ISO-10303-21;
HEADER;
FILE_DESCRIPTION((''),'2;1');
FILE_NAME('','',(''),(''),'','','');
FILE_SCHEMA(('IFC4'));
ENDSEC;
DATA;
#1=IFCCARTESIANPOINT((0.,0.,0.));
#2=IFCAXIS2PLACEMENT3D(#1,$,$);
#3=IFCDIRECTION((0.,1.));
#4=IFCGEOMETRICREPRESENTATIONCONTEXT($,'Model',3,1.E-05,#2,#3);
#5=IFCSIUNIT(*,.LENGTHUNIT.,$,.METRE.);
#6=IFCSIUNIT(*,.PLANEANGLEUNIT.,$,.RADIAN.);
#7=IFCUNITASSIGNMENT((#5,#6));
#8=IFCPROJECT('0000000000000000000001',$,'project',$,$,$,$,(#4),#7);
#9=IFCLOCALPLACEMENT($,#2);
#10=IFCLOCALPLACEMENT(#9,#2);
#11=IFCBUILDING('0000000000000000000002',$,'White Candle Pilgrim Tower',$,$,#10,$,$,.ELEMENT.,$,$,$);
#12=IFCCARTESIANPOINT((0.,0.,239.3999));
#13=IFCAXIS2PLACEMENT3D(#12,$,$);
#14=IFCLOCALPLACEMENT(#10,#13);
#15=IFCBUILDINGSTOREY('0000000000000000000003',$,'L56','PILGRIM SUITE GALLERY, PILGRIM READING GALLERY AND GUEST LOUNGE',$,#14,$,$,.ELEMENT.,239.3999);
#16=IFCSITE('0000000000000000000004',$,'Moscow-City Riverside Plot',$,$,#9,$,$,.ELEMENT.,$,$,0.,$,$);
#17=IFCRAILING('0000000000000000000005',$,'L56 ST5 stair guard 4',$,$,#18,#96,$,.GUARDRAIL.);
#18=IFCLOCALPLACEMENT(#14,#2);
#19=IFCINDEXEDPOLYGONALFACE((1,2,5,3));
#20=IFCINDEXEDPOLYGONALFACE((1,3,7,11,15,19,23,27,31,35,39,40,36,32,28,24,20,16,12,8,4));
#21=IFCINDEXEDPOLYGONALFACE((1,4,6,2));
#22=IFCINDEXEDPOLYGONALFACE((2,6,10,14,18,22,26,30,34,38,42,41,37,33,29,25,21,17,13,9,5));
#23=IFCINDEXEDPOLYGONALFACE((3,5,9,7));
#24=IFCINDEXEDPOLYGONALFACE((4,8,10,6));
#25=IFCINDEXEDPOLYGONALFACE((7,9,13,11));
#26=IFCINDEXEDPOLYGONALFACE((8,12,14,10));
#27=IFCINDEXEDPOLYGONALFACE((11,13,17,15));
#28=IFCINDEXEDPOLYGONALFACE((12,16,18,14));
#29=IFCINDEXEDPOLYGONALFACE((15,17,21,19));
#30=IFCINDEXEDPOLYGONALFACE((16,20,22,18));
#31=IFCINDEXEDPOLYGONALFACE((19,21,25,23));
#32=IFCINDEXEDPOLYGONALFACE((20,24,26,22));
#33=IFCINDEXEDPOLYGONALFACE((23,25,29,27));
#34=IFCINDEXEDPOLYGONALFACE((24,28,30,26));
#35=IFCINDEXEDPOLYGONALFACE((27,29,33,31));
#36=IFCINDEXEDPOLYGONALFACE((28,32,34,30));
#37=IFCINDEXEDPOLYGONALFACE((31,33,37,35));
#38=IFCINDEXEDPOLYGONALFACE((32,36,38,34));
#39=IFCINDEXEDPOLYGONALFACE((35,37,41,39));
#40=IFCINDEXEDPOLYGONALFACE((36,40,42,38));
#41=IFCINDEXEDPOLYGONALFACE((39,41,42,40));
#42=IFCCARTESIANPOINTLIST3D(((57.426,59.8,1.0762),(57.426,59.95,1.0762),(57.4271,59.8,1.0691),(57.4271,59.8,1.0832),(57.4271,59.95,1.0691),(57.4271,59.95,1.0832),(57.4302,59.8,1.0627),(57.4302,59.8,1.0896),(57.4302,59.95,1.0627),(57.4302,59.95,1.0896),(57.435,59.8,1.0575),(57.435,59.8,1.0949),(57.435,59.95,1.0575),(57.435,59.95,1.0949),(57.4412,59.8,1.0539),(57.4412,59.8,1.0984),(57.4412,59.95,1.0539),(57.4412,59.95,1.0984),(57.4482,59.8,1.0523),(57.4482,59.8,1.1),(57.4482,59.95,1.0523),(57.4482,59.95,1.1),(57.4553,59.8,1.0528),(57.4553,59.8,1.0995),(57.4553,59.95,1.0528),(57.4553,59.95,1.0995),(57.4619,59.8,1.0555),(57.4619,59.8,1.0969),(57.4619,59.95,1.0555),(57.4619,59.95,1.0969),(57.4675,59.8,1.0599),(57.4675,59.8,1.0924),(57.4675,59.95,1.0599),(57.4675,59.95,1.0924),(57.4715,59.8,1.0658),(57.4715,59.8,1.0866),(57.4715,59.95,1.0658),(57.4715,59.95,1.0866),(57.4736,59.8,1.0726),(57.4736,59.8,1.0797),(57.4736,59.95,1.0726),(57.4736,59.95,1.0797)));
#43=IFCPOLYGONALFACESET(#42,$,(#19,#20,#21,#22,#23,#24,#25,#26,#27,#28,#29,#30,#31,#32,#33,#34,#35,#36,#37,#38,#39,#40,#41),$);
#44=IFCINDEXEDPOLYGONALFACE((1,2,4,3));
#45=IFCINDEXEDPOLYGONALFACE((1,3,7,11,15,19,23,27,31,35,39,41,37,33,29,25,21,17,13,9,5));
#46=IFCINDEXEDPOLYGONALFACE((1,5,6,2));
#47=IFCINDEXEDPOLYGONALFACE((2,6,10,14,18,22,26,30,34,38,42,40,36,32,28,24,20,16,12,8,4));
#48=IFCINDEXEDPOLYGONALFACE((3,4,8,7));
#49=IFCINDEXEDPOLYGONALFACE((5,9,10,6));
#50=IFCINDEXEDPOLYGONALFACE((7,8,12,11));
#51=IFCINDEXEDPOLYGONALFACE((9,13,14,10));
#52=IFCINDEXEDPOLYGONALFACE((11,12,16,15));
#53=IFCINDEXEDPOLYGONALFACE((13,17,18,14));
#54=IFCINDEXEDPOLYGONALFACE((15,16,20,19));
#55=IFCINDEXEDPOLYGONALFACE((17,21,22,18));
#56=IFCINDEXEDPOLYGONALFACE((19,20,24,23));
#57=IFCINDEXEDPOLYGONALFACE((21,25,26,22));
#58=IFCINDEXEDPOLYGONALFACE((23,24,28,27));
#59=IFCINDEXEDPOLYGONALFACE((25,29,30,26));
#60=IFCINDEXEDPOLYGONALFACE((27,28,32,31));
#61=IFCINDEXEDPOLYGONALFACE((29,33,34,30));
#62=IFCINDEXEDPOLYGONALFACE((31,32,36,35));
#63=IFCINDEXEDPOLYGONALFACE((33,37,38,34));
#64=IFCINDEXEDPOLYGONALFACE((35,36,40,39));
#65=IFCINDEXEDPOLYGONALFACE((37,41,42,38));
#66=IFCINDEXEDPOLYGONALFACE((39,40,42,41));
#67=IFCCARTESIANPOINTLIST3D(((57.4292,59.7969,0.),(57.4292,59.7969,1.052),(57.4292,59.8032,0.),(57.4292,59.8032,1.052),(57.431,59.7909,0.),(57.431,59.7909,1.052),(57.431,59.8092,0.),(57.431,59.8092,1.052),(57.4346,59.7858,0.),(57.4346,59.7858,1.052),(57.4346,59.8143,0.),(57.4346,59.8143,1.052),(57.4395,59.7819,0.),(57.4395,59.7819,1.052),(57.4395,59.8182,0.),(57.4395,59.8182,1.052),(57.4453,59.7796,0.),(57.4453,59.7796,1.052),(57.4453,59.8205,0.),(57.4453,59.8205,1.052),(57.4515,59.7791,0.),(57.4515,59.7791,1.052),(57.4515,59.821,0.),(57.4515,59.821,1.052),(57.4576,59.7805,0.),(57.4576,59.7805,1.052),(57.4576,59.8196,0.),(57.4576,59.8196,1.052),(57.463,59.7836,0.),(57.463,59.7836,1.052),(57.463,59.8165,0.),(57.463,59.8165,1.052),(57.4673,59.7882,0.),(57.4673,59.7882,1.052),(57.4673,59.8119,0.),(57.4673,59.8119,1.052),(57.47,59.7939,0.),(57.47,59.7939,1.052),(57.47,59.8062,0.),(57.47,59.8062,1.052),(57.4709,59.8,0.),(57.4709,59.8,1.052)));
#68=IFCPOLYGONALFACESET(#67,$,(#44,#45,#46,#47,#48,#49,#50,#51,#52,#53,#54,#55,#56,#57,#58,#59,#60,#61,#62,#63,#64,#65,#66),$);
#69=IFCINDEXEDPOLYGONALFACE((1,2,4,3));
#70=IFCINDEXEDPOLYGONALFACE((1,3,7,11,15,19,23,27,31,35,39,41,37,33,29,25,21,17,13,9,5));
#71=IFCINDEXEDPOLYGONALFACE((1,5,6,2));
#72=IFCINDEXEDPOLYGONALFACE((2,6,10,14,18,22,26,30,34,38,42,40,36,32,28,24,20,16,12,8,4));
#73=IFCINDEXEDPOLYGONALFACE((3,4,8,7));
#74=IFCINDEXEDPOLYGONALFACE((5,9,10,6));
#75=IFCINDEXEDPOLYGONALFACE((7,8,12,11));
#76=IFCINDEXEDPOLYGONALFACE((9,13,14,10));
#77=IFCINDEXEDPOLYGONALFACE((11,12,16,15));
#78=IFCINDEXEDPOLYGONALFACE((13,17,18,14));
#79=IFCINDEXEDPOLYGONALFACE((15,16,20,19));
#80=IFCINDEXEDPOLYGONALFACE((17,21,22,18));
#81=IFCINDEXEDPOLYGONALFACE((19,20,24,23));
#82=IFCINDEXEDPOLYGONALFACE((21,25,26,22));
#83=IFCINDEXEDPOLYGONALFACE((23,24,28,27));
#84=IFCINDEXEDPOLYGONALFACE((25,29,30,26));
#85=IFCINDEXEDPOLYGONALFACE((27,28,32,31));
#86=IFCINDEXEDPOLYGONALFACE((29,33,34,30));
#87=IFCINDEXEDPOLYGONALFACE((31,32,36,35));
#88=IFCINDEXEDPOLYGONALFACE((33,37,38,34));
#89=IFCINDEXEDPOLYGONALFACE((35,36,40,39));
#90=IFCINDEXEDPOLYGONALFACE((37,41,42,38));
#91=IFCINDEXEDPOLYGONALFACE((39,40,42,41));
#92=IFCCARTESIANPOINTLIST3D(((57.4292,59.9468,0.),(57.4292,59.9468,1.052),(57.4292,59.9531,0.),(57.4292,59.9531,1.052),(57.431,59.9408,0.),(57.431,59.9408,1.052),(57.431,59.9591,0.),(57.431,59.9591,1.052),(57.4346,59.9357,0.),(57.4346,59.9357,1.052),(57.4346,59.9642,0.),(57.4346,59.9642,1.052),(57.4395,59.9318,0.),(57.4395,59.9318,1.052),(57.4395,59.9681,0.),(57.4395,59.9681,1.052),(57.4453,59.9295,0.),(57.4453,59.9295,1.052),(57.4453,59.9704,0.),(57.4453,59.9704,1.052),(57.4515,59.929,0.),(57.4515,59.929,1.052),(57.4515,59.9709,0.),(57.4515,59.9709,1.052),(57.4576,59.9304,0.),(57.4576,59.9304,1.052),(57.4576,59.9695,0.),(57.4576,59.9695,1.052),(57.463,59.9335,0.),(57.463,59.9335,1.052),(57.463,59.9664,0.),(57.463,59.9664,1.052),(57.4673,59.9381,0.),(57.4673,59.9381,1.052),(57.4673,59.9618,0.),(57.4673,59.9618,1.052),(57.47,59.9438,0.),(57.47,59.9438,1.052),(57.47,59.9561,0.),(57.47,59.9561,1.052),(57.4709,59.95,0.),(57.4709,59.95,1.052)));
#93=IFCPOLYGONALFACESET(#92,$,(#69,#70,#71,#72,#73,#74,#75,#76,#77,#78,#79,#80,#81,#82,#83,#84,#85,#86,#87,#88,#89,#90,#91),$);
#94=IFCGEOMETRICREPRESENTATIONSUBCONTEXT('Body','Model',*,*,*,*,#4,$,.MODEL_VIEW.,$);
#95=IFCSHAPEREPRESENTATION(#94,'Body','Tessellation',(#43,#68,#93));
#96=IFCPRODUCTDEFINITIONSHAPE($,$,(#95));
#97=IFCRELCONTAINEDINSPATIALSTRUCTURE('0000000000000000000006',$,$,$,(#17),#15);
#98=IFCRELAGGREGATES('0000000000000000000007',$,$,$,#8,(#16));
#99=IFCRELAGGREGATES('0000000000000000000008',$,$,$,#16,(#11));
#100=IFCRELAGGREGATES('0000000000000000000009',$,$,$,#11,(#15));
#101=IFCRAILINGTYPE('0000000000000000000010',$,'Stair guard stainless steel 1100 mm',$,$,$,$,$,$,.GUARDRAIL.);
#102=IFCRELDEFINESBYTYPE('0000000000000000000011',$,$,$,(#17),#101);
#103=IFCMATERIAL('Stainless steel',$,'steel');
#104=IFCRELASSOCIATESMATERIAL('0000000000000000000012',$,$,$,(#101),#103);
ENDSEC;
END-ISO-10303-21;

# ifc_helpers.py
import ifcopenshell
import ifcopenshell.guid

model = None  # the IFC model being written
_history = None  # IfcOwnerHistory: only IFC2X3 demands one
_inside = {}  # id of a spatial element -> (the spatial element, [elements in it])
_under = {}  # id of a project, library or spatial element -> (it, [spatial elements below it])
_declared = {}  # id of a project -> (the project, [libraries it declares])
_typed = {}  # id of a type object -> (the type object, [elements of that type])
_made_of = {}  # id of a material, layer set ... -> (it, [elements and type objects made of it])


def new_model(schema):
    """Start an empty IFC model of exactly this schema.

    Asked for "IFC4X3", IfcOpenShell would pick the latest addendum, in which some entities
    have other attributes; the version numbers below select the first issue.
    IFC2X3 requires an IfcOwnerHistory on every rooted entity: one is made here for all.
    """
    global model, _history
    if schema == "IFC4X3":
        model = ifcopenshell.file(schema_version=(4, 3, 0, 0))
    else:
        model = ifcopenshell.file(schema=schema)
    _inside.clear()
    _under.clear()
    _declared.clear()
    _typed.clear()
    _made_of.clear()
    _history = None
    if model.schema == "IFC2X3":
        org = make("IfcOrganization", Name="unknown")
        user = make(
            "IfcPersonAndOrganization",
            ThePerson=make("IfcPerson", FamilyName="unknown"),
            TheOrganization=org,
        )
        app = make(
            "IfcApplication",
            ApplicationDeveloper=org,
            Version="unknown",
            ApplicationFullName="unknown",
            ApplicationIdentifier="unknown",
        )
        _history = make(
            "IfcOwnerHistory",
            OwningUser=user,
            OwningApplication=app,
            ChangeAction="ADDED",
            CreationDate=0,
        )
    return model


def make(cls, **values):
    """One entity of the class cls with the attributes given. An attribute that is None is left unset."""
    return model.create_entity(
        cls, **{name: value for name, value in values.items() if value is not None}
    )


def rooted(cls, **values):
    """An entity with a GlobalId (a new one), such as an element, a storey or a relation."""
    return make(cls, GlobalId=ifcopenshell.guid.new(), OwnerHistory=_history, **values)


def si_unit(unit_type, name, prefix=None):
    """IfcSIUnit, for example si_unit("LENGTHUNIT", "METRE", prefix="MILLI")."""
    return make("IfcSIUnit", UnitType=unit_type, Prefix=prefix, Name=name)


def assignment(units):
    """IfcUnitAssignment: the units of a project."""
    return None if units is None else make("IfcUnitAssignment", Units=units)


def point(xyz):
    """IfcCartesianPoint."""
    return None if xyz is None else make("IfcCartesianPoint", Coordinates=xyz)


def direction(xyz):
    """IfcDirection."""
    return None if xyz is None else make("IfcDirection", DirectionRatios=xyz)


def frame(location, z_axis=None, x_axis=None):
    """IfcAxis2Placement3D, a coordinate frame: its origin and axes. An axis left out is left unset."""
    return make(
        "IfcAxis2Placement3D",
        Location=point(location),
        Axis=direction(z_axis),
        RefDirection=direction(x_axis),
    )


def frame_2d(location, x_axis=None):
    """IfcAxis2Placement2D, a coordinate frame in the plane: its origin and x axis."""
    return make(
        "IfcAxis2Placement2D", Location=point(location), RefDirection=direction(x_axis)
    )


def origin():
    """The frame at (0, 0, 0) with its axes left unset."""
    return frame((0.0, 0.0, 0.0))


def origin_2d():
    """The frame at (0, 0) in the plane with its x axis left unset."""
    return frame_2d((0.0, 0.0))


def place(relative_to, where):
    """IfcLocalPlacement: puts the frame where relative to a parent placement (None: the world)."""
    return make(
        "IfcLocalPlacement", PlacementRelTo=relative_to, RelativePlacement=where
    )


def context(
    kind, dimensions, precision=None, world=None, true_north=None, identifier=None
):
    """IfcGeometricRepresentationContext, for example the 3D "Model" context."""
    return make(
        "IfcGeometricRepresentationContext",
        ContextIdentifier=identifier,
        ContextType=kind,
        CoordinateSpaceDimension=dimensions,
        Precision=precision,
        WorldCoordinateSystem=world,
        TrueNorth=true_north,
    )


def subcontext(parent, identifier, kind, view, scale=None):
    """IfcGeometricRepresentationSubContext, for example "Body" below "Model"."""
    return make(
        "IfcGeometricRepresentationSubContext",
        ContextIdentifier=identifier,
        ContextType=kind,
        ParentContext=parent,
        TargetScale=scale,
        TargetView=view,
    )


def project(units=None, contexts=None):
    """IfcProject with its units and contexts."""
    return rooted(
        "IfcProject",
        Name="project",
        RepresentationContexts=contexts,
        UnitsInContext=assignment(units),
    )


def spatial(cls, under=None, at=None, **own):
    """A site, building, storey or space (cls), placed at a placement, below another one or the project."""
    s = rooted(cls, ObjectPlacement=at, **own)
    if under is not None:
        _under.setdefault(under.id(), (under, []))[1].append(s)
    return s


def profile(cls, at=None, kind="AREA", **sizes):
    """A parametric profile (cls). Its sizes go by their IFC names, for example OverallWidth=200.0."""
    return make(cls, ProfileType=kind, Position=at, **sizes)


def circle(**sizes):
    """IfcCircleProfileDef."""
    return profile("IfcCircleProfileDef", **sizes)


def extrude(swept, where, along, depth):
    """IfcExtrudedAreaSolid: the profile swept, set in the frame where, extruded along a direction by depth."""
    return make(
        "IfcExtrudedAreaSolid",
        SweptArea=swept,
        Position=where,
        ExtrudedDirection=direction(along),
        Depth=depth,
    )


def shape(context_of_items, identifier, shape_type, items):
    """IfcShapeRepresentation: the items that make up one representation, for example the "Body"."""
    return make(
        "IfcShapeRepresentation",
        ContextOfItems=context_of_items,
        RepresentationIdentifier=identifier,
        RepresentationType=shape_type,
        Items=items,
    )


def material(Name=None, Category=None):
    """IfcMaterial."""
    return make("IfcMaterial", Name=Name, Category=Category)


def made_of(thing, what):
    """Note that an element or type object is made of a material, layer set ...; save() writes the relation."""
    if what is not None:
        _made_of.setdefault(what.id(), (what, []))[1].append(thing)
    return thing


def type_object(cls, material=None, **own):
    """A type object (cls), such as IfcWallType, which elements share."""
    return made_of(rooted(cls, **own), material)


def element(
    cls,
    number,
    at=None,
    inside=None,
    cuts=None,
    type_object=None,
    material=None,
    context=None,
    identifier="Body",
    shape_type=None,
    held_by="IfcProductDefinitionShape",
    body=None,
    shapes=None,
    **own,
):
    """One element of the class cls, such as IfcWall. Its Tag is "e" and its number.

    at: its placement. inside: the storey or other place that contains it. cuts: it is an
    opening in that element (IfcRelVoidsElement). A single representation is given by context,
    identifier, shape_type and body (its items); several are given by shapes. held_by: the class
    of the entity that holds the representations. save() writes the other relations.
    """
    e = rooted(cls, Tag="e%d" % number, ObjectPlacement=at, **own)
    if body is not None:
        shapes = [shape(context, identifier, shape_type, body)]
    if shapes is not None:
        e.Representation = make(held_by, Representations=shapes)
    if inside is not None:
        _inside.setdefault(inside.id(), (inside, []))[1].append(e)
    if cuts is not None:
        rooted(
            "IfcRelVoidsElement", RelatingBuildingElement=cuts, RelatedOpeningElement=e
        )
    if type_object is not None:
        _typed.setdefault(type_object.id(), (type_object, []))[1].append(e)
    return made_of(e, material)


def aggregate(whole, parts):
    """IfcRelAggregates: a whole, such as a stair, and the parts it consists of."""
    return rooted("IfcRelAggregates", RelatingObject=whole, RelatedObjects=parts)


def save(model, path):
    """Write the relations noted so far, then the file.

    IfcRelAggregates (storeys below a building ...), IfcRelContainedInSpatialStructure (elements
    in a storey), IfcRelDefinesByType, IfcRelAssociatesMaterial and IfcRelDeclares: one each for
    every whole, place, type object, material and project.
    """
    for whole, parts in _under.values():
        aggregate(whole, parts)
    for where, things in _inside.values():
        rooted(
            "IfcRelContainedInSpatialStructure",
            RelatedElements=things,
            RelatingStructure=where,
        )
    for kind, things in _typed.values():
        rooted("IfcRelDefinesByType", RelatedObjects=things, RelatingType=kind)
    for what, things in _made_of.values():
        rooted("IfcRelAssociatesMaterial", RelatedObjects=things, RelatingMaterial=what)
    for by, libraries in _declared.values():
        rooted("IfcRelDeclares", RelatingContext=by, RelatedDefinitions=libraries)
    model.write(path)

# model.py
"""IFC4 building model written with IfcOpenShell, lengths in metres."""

from ifc_helpers import new_model, si_unit, direction, frame, origin, origin_2d, place, context, subcontext, project, spatial, circle, extrude, material, type_object, element, save


model = new_model("IFC4")

# Units and contexts
model_context = context("Model", 3, precision=1e-05, world=origin(), true_north=direction((0.0, 1.0)))
body_context = subcontext(model_context, "Body", "Model", "MODEL_VIEW")
ifc_project = project(units=[si_unit("LENGTHUNIT", "METRE"), si_unit("PLANEANGLEUNIT", "RADIAN")], contexts=[model_context])

# Site, building, storey
site_placement = place(None, origin())
site = spatial("IfcSite", under=ifc_project, at=site_placement, Name="Moscow-City Riverside Plot", CompositionType="ELEMENT", RefElevation=0.0)
building_placement = place(site_placement, origin())
building = spatial("IfcBuilding", under=site, at=building_placement, Name="White Candle Pilgrim Tower", CompositionType="ELEMENT")
storey_placement = place(building_placement, frame((0.0, 0.0, 239.3999)))
storey = spatial("IfcBuildingStorey", under=building, at=storey_placement, Name="L56", Description="PILGRIM SUITE GALLERY, PILGRIM READING GALLERY AND GUEST LOUNGE", CompositionType="ELEMENT", Elevation=239.3999)

# Railing
ifc_material_1 = material(Name="Stainless steel", Category="steel")
railing_type_1 = type_object("IfcRailingType", Name="Stair guard stainless steel 1100 mm", PredefinedType="GUARDRAIL", material=ifc_material_1)
railing_1_placement = place(storey_placement, frame((57.45, 59.8, 0.0)))
element("IfcRailing", 1, at=railing_1_placement, inside=storey, type_object=railing_type_1, Name="L56 ST5 stair guard 4", PredefinedType="GUARDRAIL", context=body_context, shape_type="SweptSolid", body=[
    extrude(circle(Radius=0.0239, at=origin_2d()), frame((0.0, 0.0, 1.0762), z_axis=(0.0, 1.0, 0.0), x_axis=(-1.0, 0.0, 0.0)), (0.0, 0.0, 1.0), 0.1499),
    extrude(circle(Radius=0.021, at=origin_2d()), origin(), (0.0, 0.0, 1.0), 1.052),
    extrude(circle(Radius=0.021, at=origin_2d()), frame((0.0, 0.1499, 0.0)), (0.0, 0.0, 1.0), 1.052),
])

save(model, "model.ifc")
